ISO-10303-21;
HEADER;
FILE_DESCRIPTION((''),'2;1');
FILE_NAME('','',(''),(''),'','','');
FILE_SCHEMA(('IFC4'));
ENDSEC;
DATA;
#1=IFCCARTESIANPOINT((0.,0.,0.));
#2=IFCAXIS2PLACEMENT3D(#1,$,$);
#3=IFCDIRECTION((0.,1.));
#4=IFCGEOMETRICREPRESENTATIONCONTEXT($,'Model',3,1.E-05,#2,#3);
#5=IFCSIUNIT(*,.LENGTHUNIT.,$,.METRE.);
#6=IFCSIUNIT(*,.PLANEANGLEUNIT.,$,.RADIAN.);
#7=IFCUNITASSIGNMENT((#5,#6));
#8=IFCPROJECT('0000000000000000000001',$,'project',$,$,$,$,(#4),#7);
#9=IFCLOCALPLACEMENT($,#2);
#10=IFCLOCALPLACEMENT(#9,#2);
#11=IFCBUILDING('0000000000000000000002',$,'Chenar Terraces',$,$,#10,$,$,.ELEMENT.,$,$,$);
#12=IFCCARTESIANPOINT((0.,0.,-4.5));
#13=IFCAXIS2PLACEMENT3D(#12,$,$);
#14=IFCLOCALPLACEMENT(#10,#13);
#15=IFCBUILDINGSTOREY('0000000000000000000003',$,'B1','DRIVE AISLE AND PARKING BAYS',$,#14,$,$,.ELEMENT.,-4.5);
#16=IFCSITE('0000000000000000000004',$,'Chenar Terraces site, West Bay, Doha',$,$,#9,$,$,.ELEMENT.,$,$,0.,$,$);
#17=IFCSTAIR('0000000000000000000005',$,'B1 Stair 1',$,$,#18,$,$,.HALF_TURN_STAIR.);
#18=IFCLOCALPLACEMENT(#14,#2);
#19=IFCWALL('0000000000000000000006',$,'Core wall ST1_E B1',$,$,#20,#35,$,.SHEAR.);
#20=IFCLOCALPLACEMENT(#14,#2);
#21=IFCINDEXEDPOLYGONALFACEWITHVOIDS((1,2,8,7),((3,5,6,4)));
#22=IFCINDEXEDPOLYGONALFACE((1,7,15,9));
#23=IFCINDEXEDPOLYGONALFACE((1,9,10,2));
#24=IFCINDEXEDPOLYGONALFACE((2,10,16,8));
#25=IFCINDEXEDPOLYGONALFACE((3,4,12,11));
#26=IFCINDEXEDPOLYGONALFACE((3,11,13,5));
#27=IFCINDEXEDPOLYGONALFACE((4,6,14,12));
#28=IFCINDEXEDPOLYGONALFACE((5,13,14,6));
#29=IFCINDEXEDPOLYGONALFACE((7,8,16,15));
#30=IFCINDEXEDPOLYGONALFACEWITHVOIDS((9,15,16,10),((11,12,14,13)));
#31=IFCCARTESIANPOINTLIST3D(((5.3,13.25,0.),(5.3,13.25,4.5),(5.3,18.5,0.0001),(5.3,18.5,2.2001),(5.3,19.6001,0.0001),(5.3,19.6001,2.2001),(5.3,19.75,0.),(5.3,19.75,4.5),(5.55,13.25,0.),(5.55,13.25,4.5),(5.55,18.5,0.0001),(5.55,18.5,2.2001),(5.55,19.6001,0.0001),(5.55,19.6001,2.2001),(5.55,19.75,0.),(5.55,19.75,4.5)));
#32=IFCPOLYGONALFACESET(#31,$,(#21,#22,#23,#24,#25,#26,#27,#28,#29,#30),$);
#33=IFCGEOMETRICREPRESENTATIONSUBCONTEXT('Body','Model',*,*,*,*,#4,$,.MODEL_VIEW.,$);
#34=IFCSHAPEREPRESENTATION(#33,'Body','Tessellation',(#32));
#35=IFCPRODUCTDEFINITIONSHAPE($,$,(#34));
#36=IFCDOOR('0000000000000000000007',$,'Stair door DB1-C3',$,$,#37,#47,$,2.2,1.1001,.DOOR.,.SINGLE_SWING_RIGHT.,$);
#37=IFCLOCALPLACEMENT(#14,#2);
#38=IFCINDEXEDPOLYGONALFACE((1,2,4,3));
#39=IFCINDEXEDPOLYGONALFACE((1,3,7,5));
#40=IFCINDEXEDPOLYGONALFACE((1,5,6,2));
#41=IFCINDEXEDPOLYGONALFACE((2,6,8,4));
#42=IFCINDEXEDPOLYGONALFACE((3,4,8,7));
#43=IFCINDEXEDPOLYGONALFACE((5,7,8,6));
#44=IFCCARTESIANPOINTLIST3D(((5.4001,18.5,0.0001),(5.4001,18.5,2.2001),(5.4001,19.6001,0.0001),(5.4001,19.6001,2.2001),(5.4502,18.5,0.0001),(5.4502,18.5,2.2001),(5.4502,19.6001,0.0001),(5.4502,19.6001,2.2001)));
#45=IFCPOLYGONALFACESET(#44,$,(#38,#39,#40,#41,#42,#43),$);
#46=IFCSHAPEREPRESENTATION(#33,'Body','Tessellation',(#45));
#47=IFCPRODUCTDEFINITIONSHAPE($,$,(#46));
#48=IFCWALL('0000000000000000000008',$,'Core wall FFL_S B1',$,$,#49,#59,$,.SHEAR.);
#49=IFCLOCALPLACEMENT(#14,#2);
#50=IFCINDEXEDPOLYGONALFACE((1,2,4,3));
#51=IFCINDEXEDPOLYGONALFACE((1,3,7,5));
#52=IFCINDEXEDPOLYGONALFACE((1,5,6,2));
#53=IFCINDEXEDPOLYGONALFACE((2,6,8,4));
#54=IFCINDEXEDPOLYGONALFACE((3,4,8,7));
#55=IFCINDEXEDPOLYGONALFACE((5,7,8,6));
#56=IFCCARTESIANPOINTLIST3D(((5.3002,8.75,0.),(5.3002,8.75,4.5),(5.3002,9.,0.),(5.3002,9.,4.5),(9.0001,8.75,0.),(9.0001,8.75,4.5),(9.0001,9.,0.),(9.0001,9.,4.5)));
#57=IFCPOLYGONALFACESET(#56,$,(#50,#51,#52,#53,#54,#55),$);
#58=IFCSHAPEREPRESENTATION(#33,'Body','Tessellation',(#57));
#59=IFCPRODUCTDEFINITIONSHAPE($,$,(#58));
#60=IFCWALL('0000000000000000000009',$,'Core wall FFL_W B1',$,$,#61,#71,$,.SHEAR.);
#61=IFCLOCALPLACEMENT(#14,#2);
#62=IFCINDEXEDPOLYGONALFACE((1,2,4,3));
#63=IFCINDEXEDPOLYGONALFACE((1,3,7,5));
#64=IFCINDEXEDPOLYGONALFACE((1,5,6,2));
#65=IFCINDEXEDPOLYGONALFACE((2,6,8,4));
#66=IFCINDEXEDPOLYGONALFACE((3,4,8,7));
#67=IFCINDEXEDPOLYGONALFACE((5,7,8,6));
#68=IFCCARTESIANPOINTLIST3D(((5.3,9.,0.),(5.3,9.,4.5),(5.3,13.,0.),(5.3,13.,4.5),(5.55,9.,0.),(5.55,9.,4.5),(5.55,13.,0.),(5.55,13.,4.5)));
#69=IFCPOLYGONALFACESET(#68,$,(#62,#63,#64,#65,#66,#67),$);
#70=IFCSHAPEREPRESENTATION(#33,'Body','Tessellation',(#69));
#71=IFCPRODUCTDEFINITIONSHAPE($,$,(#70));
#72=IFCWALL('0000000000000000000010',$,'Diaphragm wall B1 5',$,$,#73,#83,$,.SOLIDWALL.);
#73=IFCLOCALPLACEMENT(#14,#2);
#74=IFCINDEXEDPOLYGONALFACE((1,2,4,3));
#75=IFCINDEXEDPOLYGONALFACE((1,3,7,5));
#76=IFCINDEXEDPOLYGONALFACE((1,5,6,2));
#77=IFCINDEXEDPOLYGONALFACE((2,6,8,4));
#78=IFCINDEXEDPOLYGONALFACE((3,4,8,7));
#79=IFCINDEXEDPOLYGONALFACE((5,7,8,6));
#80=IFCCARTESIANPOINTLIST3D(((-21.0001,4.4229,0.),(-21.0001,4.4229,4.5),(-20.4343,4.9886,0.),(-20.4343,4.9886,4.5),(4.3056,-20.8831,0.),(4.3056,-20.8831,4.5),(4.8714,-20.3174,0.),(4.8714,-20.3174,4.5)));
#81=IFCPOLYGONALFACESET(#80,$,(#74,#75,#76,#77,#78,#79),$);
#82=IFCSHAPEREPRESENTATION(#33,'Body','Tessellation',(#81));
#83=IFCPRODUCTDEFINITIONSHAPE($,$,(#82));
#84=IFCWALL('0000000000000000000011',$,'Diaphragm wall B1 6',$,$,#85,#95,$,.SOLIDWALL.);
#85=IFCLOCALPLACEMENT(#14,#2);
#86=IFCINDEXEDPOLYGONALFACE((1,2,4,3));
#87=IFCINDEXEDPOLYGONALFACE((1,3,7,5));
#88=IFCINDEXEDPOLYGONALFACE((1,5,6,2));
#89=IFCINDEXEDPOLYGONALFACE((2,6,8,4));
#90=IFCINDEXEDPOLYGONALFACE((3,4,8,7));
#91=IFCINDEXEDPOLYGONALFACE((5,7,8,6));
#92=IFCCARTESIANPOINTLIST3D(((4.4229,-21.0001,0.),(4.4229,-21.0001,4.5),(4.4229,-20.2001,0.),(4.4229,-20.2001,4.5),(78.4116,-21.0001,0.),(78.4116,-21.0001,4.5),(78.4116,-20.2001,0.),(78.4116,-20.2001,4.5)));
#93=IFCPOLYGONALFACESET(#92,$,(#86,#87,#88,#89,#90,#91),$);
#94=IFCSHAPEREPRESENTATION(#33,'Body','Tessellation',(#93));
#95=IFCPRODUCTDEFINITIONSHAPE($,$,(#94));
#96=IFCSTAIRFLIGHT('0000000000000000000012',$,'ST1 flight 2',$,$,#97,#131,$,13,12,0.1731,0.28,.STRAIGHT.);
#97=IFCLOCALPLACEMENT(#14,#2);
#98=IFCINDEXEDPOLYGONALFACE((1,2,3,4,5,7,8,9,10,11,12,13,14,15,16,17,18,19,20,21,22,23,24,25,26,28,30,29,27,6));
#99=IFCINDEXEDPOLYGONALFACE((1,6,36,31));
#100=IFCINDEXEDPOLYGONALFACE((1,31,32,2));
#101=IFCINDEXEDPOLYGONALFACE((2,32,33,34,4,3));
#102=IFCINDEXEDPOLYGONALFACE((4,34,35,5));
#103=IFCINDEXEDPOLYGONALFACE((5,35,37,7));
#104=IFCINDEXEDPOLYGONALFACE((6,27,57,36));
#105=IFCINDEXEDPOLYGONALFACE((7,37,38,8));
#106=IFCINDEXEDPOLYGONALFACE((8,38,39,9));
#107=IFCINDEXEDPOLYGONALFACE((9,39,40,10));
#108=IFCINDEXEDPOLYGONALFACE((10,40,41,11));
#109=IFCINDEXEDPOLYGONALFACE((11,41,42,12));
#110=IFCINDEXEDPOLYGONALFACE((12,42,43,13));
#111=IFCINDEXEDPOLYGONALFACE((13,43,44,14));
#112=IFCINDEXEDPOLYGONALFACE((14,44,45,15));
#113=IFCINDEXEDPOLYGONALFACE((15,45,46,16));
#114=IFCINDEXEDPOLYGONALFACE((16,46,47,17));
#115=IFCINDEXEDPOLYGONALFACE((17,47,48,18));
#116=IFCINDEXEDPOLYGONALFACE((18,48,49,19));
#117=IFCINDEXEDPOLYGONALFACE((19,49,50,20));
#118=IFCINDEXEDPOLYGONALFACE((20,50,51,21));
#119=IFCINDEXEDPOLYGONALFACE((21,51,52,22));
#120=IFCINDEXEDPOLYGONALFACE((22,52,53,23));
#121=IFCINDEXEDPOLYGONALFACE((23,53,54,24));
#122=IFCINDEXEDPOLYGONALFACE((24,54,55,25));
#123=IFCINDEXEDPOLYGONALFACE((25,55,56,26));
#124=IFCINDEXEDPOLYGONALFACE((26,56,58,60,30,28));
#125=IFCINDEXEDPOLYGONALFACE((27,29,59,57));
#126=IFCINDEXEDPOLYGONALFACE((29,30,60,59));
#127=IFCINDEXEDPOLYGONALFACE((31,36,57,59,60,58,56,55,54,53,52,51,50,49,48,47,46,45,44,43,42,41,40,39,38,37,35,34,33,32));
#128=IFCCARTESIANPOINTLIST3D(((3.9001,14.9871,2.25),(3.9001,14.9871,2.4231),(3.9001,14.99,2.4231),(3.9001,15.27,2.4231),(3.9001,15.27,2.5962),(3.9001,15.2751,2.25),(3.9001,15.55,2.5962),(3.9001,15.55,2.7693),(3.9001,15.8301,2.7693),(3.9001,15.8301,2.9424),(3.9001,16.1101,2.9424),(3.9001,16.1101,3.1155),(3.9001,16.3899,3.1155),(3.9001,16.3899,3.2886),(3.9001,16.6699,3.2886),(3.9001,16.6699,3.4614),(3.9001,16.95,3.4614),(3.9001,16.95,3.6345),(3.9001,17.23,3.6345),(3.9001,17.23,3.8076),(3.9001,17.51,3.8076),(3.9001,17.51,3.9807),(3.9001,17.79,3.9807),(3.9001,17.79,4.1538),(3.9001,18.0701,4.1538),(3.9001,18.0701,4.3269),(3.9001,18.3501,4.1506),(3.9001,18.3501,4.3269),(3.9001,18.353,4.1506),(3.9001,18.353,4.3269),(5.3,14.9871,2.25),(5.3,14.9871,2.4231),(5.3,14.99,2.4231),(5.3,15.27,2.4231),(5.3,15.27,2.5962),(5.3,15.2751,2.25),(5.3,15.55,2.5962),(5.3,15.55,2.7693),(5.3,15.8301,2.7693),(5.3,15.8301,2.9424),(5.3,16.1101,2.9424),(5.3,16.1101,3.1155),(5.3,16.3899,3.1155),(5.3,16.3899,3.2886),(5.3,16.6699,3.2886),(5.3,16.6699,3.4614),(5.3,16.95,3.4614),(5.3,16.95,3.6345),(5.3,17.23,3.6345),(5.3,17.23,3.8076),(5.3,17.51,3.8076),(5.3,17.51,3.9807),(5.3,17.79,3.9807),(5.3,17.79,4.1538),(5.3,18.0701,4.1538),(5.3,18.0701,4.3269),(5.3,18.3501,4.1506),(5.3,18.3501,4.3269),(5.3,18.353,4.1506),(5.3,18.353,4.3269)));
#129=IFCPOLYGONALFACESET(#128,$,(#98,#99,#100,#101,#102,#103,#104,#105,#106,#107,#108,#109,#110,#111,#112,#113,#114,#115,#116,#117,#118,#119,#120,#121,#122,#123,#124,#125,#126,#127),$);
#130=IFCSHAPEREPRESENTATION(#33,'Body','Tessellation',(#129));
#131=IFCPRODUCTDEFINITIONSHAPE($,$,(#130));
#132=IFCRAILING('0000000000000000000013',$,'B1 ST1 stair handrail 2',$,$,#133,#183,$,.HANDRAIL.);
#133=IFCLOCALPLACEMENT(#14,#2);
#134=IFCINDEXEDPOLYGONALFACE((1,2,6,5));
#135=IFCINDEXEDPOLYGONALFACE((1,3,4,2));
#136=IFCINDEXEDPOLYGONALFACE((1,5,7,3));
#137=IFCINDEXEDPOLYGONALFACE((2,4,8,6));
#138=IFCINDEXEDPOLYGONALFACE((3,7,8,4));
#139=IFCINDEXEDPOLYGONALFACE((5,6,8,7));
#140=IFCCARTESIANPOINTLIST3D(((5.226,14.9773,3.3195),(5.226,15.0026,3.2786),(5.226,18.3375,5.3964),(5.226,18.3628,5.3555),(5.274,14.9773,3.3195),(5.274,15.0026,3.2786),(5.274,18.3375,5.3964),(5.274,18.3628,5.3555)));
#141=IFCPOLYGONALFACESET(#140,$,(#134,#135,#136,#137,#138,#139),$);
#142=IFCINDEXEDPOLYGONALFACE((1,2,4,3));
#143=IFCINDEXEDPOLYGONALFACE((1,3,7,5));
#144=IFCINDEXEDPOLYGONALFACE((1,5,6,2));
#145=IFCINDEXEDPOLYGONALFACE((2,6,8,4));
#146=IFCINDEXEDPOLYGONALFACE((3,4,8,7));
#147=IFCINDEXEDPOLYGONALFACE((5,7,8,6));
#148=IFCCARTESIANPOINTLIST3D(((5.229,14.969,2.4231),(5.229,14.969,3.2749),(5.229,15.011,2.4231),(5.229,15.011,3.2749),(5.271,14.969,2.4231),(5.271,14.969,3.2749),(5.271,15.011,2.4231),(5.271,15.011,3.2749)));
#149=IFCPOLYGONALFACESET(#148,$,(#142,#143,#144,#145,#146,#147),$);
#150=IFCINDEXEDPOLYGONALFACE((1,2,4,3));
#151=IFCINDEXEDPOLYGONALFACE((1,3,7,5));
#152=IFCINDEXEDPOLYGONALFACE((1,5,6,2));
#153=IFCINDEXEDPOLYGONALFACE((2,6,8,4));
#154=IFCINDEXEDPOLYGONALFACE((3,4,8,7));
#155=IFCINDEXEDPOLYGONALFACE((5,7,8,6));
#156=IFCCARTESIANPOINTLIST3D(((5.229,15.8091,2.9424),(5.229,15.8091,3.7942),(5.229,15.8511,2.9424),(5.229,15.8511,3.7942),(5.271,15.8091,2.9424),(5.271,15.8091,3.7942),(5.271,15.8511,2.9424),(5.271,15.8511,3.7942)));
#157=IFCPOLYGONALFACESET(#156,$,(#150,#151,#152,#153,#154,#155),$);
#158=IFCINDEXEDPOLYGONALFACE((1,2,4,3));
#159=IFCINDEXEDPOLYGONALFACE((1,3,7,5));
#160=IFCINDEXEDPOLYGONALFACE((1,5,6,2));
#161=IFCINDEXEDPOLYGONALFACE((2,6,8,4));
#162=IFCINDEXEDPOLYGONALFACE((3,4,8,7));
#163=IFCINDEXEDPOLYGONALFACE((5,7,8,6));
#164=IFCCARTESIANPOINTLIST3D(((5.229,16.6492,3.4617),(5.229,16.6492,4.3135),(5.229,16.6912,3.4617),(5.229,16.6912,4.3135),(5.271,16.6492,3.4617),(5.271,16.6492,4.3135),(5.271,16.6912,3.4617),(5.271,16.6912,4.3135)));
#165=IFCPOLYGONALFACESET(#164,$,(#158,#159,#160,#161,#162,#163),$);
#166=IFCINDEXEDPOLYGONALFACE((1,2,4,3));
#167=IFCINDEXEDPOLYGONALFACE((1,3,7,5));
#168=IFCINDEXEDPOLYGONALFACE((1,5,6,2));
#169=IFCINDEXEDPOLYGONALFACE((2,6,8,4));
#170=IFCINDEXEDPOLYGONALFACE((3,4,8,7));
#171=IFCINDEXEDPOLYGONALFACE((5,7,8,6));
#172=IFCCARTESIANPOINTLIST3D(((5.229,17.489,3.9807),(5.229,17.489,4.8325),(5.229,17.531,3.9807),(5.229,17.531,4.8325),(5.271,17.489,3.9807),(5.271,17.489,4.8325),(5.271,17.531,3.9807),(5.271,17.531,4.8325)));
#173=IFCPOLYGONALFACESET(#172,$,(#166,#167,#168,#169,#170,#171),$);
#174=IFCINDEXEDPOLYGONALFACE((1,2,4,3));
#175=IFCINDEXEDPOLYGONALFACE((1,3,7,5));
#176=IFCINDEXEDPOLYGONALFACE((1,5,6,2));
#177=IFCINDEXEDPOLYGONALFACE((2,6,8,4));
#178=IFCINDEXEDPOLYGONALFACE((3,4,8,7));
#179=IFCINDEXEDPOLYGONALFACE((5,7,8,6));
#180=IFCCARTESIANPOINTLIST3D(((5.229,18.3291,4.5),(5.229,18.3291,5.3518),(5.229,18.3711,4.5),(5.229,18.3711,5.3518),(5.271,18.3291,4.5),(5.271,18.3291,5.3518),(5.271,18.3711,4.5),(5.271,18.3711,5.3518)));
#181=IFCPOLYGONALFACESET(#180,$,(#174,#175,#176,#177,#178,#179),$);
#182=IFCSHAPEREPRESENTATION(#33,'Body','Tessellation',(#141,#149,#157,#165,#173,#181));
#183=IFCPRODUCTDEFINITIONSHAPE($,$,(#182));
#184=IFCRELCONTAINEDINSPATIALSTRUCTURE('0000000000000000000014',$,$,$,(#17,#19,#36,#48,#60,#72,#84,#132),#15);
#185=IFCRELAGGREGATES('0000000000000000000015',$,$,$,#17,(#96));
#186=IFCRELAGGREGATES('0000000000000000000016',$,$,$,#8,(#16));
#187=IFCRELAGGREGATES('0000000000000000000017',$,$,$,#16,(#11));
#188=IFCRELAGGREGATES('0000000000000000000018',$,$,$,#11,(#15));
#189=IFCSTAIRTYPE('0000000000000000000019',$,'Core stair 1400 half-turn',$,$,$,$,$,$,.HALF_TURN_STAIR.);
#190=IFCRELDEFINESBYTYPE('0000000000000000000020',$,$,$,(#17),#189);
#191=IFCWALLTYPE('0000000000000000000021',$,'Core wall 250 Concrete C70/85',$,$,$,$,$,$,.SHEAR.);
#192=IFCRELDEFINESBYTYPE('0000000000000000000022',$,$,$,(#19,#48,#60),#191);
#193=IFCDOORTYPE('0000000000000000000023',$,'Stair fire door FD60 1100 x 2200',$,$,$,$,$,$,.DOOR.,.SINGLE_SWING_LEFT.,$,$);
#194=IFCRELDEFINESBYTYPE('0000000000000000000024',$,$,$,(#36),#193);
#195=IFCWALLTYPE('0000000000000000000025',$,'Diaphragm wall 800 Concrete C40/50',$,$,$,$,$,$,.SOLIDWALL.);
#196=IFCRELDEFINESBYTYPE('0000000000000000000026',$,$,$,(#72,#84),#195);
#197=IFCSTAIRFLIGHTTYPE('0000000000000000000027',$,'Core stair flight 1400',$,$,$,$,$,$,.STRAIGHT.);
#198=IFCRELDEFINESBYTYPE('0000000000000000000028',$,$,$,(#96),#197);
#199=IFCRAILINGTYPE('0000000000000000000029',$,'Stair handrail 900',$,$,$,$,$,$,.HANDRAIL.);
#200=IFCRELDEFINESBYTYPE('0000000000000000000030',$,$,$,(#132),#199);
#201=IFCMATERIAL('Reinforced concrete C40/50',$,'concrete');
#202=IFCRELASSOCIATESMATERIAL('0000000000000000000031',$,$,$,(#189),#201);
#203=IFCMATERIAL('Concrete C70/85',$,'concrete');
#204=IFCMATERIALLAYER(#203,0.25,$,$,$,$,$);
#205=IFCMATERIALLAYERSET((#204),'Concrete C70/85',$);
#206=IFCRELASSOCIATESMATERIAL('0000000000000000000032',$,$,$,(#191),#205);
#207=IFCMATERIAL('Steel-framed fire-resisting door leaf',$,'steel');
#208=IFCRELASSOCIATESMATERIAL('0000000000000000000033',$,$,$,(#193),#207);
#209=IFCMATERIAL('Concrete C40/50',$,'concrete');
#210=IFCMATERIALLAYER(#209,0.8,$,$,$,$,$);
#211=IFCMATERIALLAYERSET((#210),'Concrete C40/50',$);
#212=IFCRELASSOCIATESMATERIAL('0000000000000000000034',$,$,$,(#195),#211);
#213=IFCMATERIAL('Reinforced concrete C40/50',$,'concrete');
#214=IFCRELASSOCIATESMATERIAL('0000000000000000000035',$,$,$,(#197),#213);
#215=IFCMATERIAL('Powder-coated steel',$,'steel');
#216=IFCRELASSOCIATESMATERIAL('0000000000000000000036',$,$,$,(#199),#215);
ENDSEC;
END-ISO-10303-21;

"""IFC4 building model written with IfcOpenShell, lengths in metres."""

from ifc_helpers import new_model, si_unit, direction, frame, frame_2d, origin, origin_2d, place, context, subcontext, project, spatial, polyline, rectangle, outline, extrude, material, layer, layer_set, type_object, element, fill, aggregate, save


model = new_model("IFC4")

# Units and contexts
model_context = context("Model", 3, precision=1e-05, world=origin(), true_north=direction((0.0, 1.0)))
body_context = subcontext(model_context, "Body", "Model", "MODEL_VIEW")
ifc_project = project(units=[si_unit("LENGTHUNIT", "METRE"), si_unit("PLANEANGLEUNIT", "RADIAN")], contexts=[model_context])

# Site, building, storey
site_placement = place(None, origin())
site = spatial("IfcSite", under=ifc_project, at=site_placement, Name="Chenar Terraces site, West Bay, Doha", CompositionType="ELEMENT", RefElevation=0.0)
building_placement = place(site_placement, origin())
building = spatial("IfcBuilding", under=site, at=building_placement, Name="Chenar Terraces", CompositionType="ELEMENT")
storey_placement = place(building_placement, frame((0.0, 0.0, -4.5)))
storey = spatial("IfcBuildingStorey", under=building, at=storey_placement, Name="B1", Description="DRIVE AISLE AND PARKING BAYS", CompositionType="ELEMENT", Elevation=-4.5)

# Stair
ifc_material_1 = material(Name="Reinforced concrete C40/50", Category="concrete")
stair_type = type_object("IfcStairType", Name="Core stair 1400 half-turn", PredefinedType="HALF_TURN_STAIR", material=ifc_material_1)
placement_1 = place(storey_placement, origin())
stair_1 = element("IfcStair", 1, at=placement_1, inside=storey, type_object=stair_type, Name="B1 Stair 1", PredefinedType="HALF_TURN_STAIR")

# Shared definitions
ifc_material_2 = material(Name="Concrete C70/85", Category="concrete")
ifc_layer_1 = layer(ifc_material_2, 0.25)
ifc_layer_set_1 = layer_set([ifc_layer_1], Name="Concrete C70/85")
wall_type_1 = type_object("IfcWallType", Name="Core wall 250 Concrete C70/85", PredefinedType="SHEAR", material=ifc_layer_set_1)

# Wall, opening, door
wall_1_placement = place(storey_placement, frame((5.425, 13.25, 0.0), z_axis=(0.0, 0.0, 1.0), x_axis=(0.0, 1.0, 0.0)))
wall_1 = element("IfcWall", 2, at=wall_1_placement, inside=storey, type_object=wall_type_1, Name="Core wall ST1_E B1", PredefinedType="SHEAR", context=body_context, shape_type="SweptSolid", body=[
    extrude(rectangle(XDim=6.5, YDim=0.25, at=frame_2d((3.25, 0.0))), origin(), (0.0, 0.0, 1.0), 4.5),
])
opening_1_placement = place(wall_1_placement, frame((5.25, 0.0, 0.0)))
opening_1 = element("IfcOpeningElement", 3, at=opening_1_placement, cuts=wall_1, PredefinedType="OPENING", context=body_context, shape_type="SweptSolid", body=[
    extrude(rectangle(XDim=1.1001, YDim=2.2, at=frame_2d((0.55, 1.1001))), frame((0.0, 0.135, 0.0), z_axis=(0.0, -1.0, 0.0), x_axis=(1.0, 0.0, 0.0)), (0.0, 0.0, 1.0), 0.27),
])
ifc_material_3 = material(Name="Steel-framed fire-resisting door leaf", Category="steel")
door_type_1 = type_object("IfcDoorType", Name="Stair fire door FD60 1100 x 2200", OperationType="SINGLE_SWING_LEFT", PredefinedType="DOOR", material=ifc_material_3)
door_1_placement = place(opening_1_placement, origin())
door_1 = element("IfcDoor", 4, at=door_1_placement, inside=storey, type_object=door_type_1, Name="Stair door DB1-C3", OperationType="SINGLE_SWING_RIGHT", OverallHeight=2.2, OverallWidth=1.1001, PredefinedType="DOOR", context=body_context, shape_type="SweptSolid", body=[
    extrude(rectangle(XDim=1.1001, YDim=2.2, at=frame_2d((0.55, 1.1001))), frame((0.0, 0.0249, 0.0), z_axis=(0.0, -1.0, 0.0), x_axis=(1.0, 0.0, 0.0)), (0.0, 0.0, 1.0), 0.05),
])
fill(opening_1, door_1)

# Walls
wall_2_placement = place(storey_placement, frame((5.3, 8.875, 0.0), z_axis=(0.0, 0.0, 1.0), x_axis=(1.0, 0.0, 0.0)))
element("IfcWall", 5, at=wall_2_placement, inside=storey, type_object=wall_type_1, Name="Core wall FFL_S B1", PredefinedType="SHEAR", context=body_context, shape_type="SweptSolid", body=[
    extrude(rectangle(XDim=3.7, YDim=0.25, at=frame_2d((1.8501, 0.0))), origin(), (0.0, 0.0, 1.0), 4.5),
])
wall_3_placement = place(storey_placement, frame((5.425, 9.0, 0.0), z_axis=(0.0, 0.0, 1.0), x_axis=(0.0, 1.0, 0.0)))
element("IfcWall", 6, at=wall_3_placement, inside=storey, type_object=wall_type_1, Name="Core wall FFL_W B1", PredefinedType="SHEAR", context=body_context, shape_type="SweptSolid", body=[
    extrude(rectangle(XDim=4.0, YDim=0.25, at=frame_2d((2.0, 0.0))), origin(), (0.0, 0.0, 1.0), 4.5),
])
ifc_material_4 = material(Name="Concrete C40/50", Category="concrete")
ifc_layer_2 = layer(ifc_material_4, 0.8)
ifc_layer_set_2 = layer_set([ifc_layer_2], Name="Concrete C40/50")
wall_type_2 = type_object("IfcWallType", Name="Diaphragm wall 800 Concrete C40/50", PredefinedType="SOLIDWALL", material=ifc_layer_set_2)
wall_4_placement = place(storey_placement, frame((-20.7173, 4.7058, 0.0), z_axis=(0.0, 0.0, 1.0), x_axis=(0.707103, -0.70711, 0.0)))
element("IfcWall", 7, at=wall_4_placement, inside=storey, type_object=wall_type_2, Name="Diaphragm wall B1 5", PredefinedType="SOLIDWALL", context=body_context, shape_type="SweptSolid", body=[
    extrude(rectangle(XDim=35.7878, YDim=0.8, at=frame_2d((17.894, 0.0))), origin(), (0.0, 0.0, 1.0), 4.5),
])
wall_5_placement = place(storey_placement, frame((4.4229, -20.6001, 0.0), z_axis=(0.0, 0.0, 1.0), x_axis=(1.0, 0.0, 0.0)))
element("IfcWall", 8, at=wall_5_placement, inside=storey, type_object=wall_type_2, Name="Diaphragm wall B1 6", PredefinedType="SOLIDWALL", context=body_context, shape_type="SweptSolid", body=[
    extrude(rectangle(XDim=73.9888, YDim=0.8, at=frame_2d((36.9944, 0.0))), origin(), (0.0, 0.0, 1.0), 4.5),
])

# Stair flight
ifc_material_5 = material(Name="Reinforced concrete C40/50", Category="concrete")
stair_flight_type = type_object("IfcStairFlightType", Name="Core stair flight 1400", PredefinedType="STRAIGHT", material=ifc_material_5)
stair_flight_placement = place(storey_placement, frame((4.6001, 14.99, 2.25), z_axis=(0.0, 0.0, 1.0), x_axis=(0.0, 1.0, 0.0)))
stair_flight = element("IfcStairFlight", 9, at=stair_flight_placement, type_object=stair_flight_type, Name="ST1 flight 2", NumberOfRisers=13, NumberOfTreads=12, PredefinedType="STRAIGHT", RiserHeight=0.1731, TreadLength=0.28, context=body_context, shape_type="SweptSolid", body=[
    extrude(outline(polyline([(-0.0029, 0.0), (-0.0029, 0.1731), (0.0, 0.1731), (0.28, 0.1731), (0.28, 0.3462), (0.5601, 0.3462), (0.5601, 0.5193), (0.8401, 0.5193), (0.8401, 0.6924), (1.1201, 0.6924), (1.1201, 0.8655), (1.3999, 0.8655), (1.3999, 1.0386), (1.6799, 1.0386), (1.6799, 1.2114), (1.96, 1.2114), (1.96, 1.3845), (2.24, 1.3845), (2.24, 1.5576), (2.52, 1.5576), (2.52, 1.7307), (2.8, 1.7307), (2.8, 1.9038), (3.0801, 1.9038), (3.0801, 2.0769), (3.3601, 2.0769), (3.363, 2.0769), (3.363, 1.9006), (3.3601, 1.9006), (0.2852, 0.0), (-0.0029, 0.0)])), frame((0.0, 0.7, 0.0), z_axis=(0.0, -1.0, 0.0), x_axis=(1.0, 0.0, 0.0)), (0.0, 0.0, 1.0), 1.3999),
])
aggregate(stair_1, [stair_flight])

# Railing
ifc_material_6 = material(Name="Powder-coated steel", Category="steel")
railing_type = type_object("IfcRailingType", Name="Stair handrail 900", PredefinedType="HANDRAIL", material=ifc_material_6)
railing_placement = place(storey_placement, frame((5.25, 14.99, 2.4231)))
element("IfcRailing", 10, at=railing_placement, inside=storey, type_object=railing_type, Name="B1 ST1 stair handrail 2", PredefinedType="HANDRAIL", context=body_context, shape_type="SweptSolid", body=[
    extrude(rectangle(XDim=0.0481, YDim=0.0481, at=origin_2d()), frame((0.0, 0.0, 0.876), z_axis=(0.0, 0.850623, 0.525776), x_axis=(-1.0, 0.0, 0.0)), (0.0, 0.0, 1.0), 3.9502),
    extrude(rectangle(XDim=0.042, YDim=0.042, at=origin_2d()), origin(), (0.0, 0.0, 1.0), 0.8518),
    extrude(rectangle(XDim=0.042, YDim=0.042, at=origin_2d()), frame((0.0, 0.8401, 0.5193)), (0.0, 0.0, 1.0), 0.8518),
    extrude(rectangle(XDim=0.042, YDim=0.042, at=origin_2d()), frame((0.0, 1.6802, 1.0386)), (0.0, 0.0, 1.0), 0.8518),
    extrude(rectangle(XDim=0.042, YDim=0.042, at=origin_2d()), frame((0.0, 2.52, 1.5576)), (0.0, 0.0, 1.0), 0.8518),
    extrude(rectangle(XDim=0.042, YDim=0.042, at=origin_2d()), frame((0.0, 3.3601, 2.0769)), (0.0, 0.0, 1.0), 0.8518),
])

save(model, "model.ifc")
